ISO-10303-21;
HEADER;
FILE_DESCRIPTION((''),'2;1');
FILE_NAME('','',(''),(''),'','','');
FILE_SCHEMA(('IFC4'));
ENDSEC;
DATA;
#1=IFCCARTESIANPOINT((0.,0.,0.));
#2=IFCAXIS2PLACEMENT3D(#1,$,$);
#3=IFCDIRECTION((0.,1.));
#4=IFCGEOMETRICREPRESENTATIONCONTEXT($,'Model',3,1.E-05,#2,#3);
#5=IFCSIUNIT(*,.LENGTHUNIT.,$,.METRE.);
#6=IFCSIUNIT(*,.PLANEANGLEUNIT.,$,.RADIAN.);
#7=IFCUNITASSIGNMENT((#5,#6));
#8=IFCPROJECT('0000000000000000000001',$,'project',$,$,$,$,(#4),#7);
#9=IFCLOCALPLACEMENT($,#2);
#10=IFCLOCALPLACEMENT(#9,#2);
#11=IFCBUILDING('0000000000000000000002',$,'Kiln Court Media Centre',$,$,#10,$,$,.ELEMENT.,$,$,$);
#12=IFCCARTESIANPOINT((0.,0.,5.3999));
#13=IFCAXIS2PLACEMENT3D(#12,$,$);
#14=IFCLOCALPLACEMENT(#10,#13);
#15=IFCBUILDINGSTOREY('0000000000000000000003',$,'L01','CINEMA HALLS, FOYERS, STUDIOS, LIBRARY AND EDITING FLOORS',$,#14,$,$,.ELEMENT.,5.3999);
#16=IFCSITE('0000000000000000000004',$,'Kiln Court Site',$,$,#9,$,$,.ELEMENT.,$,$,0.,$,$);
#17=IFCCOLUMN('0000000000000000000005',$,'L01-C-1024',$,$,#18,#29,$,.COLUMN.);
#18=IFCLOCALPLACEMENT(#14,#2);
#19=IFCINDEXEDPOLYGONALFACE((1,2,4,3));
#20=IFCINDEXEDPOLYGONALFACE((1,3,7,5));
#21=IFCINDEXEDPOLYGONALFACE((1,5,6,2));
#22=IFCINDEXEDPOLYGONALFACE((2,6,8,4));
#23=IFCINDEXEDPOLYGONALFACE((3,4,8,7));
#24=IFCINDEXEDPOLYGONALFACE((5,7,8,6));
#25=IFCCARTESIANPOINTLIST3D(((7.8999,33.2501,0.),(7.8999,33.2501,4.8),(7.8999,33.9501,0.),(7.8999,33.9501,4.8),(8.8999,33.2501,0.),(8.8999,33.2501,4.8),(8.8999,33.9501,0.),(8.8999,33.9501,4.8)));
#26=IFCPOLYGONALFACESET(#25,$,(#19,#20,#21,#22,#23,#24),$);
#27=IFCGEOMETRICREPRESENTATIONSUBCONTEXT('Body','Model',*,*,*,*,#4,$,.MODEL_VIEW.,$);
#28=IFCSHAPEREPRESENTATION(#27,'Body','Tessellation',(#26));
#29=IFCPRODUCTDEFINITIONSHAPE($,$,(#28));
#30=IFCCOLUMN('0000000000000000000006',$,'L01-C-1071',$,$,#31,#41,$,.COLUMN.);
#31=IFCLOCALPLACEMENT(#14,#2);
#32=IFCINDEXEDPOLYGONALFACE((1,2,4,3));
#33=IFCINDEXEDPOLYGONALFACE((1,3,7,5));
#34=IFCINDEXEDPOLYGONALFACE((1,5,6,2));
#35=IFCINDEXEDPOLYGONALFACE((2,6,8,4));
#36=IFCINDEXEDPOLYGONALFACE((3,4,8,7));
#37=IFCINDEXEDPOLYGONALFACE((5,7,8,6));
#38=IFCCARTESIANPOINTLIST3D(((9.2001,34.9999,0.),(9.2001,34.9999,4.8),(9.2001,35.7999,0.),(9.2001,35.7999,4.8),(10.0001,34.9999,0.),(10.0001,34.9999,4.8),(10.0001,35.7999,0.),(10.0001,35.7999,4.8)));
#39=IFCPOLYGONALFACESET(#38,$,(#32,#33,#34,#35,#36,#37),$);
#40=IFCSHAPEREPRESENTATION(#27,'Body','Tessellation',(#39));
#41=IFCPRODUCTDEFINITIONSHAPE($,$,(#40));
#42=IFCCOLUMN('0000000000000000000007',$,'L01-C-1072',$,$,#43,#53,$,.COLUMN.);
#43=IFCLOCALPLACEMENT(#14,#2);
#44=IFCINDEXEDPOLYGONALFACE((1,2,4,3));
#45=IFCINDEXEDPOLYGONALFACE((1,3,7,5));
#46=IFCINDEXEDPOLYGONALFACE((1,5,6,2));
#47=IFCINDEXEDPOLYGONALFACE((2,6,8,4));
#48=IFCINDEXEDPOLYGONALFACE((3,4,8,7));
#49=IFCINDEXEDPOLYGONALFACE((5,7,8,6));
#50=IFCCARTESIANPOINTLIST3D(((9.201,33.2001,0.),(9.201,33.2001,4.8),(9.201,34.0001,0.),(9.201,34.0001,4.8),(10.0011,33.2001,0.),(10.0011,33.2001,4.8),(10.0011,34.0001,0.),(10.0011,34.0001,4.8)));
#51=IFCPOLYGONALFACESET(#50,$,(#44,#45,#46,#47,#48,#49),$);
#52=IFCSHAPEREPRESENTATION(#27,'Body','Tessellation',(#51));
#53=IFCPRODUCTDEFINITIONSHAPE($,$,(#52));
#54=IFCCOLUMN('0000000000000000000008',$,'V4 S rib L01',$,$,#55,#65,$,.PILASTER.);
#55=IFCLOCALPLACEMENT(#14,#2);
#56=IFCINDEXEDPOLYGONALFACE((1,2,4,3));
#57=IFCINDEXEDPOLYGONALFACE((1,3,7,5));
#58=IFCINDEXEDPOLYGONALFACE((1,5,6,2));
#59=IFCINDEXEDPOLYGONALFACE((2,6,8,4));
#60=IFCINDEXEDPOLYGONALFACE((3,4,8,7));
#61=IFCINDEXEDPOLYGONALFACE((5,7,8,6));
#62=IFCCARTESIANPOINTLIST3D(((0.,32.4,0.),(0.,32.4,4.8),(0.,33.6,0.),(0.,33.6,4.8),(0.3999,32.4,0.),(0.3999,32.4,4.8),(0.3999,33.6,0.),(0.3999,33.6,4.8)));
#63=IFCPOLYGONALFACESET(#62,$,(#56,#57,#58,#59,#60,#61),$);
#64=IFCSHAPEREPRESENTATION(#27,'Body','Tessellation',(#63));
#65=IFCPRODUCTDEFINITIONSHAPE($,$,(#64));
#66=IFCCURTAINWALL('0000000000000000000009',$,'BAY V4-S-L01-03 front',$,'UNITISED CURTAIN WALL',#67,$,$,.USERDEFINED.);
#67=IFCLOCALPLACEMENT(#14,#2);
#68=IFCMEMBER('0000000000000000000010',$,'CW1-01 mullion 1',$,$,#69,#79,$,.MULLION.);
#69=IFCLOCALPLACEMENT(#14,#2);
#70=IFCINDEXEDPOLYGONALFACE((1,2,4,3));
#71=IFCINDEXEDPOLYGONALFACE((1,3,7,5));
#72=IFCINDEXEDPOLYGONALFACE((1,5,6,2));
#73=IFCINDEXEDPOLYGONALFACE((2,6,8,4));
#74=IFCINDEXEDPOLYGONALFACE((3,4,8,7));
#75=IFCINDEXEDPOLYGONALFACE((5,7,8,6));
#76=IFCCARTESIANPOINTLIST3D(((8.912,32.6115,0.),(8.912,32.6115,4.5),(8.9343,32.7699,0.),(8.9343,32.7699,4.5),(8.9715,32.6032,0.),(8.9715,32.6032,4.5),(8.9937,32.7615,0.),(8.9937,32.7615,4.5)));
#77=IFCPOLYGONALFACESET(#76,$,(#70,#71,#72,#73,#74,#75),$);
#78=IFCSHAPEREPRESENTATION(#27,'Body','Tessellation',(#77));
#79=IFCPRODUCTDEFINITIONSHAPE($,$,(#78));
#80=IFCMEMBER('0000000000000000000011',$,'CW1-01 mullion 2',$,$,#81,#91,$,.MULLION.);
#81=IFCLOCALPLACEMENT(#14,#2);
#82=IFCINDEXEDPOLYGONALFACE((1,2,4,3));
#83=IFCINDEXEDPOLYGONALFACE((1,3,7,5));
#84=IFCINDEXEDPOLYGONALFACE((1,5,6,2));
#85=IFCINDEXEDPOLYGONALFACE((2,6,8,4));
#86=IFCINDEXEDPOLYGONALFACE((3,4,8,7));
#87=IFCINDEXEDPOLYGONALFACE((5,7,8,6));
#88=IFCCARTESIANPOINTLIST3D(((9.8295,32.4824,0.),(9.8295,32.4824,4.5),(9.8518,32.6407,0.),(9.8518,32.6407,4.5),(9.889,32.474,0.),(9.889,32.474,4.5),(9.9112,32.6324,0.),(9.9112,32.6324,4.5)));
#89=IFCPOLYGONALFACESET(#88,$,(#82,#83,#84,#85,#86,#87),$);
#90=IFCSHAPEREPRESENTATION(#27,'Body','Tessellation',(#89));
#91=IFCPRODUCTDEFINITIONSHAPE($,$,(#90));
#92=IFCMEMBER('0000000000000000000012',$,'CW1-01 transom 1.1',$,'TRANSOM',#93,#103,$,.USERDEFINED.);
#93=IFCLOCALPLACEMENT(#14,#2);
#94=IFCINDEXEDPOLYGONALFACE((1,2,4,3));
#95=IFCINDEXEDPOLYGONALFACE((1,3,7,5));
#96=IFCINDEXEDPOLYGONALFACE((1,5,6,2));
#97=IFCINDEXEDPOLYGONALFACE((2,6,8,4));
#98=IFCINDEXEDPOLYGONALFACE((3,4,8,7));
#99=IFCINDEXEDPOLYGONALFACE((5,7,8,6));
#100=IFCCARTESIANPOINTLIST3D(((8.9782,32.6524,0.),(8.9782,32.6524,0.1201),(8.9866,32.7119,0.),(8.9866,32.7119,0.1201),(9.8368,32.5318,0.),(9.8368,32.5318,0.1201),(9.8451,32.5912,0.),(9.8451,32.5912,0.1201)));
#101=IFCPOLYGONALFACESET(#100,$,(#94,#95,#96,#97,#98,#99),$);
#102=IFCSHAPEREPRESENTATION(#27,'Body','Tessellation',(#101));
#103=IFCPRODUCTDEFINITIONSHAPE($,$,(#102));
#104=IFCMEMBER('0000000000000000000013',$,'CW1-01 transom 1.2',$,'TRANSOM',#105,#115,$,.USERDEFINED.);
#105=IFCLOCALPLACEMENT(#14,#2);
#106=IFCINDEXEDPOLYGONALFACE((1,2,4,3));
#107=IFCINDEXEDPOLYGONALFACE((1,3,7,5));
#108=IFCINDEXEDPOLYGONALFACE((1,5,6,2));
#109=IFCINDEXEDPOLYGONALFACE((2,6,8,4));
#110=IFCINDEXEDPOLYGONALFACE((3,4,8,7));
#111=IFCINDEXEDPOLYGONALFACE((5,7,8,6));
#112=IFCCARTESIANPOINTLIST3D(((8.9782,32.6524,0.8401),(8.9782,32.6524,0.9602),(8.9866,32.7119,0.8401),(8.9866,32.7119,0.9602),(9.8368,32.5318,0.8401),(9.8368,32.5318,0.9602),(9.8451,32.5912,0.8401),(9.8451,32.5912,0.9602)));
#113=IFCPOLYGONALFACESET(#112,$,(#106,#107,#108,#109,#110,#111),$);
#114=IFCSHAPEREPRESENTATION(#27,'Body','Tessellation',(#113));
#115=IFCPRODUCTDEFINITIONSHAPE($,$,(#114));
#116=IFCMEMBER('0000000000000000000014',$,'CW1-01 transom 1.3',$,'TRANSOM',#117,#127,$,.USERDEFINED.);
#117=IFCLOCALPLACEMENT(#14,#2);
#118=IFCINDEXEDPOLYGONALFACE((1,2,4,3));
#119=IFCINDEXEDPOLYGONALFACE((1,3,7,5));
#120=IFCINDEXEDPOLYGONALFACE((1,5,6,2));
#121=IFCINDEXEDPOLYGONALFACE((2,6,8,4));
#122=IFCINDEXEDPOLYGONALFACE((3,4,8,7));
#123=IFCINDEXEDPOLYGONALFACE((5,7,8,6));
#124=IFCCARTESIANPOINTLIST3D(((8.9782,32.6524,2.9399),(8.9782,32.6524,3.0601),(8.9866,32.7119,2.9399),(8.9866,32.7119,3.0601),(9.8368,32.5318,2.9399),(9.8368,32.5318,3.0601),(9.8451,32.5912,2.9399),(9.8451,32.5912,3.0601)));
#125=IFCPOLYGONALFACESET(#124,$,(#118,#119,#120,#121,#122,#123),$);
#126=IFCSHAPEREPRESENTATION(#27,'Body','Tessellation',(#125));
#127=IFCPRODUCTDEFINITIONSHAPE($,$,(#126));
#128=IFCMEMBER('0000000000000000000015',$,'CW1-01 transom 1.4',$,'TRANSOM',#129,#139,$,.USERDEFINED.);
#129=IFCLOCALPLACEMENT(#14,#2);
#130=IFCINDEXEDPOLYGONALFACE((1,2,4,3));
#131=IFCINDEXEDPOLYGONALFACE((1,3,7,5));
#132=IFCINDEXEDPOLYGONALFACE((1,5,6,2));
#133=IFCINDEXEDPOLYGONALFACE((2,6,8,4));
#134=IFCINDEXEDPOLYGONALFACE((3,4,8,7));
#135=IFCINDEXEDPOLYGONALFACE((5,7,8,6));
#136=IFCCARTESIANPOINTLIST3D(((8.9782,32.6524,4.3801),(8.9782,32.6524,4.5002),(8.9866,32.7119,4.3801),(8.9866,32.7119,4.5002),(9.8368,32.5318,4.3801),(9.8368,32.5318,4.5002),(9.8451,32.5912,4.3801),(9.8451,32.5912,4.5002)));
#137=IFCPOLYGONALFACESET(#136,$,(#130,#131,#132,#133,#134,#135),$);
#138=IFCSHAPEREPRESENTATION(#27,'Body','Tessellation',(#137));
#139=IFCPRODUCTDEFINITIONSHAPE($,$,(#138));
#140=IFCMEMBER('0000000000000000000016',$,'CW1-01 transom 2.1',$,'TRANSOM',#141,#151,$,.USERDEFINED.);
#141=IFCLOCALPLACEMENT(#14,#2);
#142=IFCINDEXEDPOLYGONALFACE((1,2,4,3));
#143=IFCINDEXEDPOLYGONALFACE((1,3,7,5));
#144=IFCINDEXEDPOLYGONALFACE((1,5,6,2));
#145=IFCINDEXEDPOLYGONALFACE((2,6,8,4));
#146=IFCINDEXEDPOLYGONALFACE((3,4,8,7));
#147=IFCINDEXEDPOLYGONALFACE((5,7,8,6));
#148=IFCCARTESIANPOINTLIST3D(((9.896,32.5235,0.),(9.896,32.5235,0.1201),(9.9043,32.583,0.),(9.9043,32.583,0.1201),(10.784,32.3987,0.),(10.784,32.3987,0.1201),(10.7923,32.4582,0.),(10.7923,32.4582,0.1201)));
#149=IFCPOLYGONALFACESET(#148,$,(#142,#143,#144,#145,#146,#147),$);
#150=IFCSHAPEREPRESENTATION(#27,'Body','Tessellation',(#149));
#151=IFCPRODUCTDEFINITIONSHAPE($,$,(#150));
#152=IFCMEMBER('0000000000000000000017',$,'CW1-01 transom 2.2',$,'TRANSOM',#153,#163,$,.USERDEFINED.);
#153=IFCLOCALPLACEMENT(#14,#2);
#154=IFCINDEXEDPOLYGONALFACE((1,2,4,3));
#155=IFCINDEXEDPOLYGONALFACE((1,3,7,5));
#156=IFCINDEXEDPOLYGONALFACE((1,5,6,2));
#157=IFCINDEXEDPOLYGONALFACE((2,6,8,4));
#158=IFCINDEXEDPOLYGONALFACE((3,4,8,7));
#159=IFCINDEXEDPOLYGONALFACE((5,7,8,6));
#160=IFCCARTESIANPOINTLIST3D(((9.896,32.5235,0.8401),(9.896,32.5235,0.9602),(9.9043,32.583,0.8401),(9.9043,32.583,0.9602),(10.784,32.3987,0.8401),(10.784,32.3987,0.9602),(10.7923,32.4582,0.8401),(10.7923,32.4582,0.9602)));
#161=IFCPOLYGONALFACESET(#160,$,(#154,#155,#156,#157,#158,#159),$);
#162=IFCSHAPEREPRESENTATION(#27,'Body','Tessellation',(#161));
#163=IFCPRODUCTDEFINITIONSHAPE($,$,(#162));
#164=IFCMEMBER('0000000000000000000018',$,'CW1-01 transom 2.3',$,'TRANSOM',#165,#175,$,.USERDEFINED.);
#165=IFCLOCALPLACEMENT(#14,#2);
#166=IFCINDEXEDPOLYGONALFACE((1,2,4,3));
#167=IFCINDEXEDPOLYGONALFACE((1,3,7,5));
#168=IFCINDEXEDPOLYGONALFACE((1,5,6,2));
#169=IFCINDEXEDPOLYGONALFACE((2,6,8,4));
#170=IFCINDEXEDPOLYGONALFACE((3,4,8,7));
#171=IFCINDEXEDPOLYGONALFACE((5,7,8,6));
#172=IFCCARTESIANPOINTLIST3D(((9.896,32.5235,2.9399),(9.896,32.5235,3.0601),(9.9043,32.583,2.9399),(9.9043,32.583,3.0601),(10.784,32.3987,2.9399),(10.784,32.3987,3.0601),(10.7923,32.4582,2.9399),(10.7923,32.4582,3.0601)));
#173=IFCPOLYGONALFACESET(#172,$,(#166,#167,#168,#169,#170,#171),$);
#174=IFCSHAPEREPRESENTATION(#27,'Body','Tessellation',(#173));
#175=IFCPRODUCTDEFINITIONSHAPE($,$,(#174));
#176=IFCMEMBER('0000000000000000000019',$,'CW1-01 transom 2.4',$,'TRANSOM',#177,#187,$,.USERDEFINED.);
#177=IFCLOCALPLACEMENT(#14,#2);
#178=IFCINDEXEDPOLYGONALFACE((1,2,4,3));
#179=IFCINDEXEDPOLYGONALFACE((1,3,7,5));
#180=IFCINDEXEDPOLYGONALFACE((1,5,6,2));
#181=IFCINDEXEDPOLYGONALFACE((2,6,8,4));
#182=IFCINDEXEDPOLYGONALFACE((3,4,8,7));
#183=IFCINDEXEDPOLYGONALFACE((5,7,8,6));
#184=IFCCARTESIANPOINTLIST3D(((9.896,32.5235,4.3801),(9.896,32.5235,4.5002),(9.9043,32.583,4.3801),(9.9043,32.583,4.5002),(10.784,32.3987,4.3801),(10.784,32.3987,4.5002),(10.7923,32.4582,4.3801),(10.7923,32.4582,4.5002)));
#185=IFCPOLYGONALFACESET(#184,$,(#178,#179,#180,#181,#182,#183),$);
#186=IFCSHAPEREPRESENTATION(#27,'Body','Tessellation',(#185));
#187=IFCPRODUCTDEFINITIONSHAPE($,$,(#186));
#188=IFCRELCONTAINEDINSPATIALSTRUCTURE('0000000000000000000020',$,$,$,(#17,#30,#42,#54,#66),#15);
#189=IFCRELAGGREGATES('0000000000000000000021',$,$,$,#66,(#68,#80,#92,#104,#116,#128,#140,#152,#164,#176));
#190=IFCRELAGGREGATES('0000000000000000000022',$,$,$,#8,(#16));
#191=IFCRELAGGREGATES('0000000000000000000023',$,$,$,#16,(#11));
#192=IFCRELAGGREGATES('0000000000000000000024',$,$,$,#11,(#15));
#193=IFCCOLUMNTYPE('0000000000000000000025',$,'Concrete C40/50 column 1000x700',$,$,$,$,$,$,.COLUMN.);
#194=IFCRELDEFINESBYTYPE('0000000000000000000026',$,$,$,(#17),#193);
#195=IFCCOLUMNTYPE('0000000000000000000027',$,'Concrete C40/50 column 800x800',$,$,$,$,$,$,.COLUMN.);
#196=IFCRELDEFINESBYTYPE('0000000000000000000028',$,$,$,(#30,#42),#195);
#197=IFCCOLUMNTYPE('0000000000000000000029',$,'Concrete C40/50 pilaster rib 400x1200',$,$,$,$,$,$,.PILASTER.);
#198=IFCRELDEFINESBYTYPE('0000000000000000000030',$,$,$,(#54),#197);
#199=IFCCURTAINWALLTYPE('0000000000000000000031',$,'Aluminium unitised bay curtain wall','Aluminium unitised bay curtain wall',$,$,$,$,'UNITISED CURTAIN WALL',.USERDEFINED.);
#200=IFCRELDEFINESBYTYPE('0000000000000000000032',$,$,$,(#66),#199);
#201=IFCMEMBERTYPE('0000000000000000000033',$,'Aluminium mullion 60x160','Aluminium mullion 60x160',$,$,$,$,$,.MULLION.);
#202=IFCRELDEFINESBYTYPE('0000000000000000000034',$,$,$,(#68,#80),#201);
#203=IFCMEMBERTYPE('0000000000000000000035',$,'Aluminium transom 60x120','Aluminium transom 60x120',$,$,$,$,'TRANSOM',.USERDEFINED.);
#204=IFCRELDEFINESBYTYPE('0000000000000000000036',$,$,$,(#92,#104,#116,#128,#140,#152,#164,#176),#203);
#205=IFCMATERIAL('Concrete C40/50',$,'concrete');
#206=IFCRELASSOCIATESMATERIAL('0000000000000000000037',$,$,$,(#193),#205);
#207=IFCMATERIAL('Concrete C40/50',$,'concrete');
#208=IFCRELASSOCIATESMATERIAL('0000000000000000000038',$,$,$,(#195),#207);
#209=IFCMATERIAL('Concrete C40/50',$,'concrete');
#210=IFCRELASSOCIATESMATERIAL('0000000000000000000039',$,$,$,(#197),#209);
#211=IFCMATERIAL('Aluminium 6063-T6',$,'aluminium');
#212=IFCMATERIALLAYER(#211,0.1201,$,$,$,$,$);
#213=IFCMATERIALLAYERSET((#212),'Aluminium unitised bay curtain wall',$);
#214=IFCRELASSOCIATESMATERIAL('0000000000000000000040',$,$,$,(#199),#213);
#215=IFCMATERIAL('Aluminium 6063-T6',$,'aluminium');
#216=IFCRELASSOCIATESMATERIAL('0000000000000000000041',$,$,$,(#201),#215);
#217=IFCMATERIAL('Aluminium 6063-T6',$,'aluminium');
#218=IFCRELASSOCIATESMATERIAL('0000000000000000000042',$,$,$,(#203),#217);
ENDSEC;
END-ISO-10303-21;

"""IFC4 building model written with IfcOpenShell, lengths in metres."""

from ifc_helpers import new_model, si_unit, direction, frame, origin, origin_2d, place, context, subcontext, project, spatial, rectangle, extrude, material, layer, layer_set, material_profile, profile_set, type_object, element, aggregate, save


model = new_model("IFC4")

# Units and contexts
model_context = context("Model", 3, precision=1e-05, world=origin(), true_north=direction((0.0, 1.0)))
body_context = subcontext(model_context, "Body", "Model", "MODEL_VIEW")
ifc_project = project(units=[si_unit("LENGTHUNIT", "METRE"), si_unit("PLANEANGLEUNIT", "RADIAN")], contexts=[model_context])

# Site, building, storey
site_placement = place(None, origin())
site = spatial("IfcSite", under=ifc_project, at=site_placement, Name="Kiln Court Site", CompositionType="ELEMENT", RefElevation=0.0)
building_placement = place(site_placement, origin())
building = spatial("IfcBuilding", under=site, at=building_placement, Name="Kiln Court Media Centre", CompositionType="ELEMENT")
storey_placement = place(building_placement, frame((0.0, 0.0, 5.3999)))
storey = spatial("IfcBuildingStorey", under=building, at=storey_placement, Name="L01", Description="CINEMA HALLS, FOYERS, STUDIOS, LIBRARY AND EDITING FLOORS", CompositionType="ELEMENT", Elevation=5.3999)

# Columns
ifc_material_1 = material(Name="Concrete C40/50", Category="concrete")
ifc_material_profile_1 = material_profile(ifc_material_1, rectangle(XDim=1.0, YDim=0.7, at=origin_2d()), Name="RC 1000x700")
ifc_profile_set_1 = profile_set([ifc_material_profile_1], Name="Concrete C40/50")
column_type_1 = type_object("IfcColumnType", Name="Concrete C40/50 column 1000x700", PredefinedType="COLUMN", material=ifc_profile_set_1)
column_1_placement = place(storey_placement, frame((8.3999, 33.6001, 0.0), z_axis=(0.0, 0.0, 1.0), x_axis=(1.0, 0.0, 0.0)))
element("IfcColumn", 1, at=column_1_placement, inside=storey, type_object=column_type_1, Name="L01-C-1024", PredefinedType="COLUMN", context=body_context, shape_type="SweptSolid", body=[
    extrude(rectangle(XDim=1.0, YDim=0.7, at=origin_2d()), origin(), (0.0, 0.0, 1.0), 4.8),
])
ifc_material_2 = material(Name="Concrete C40/50", Category="concrete")
ifc_material_profile_2 = material_profile(ifc_material_2, rectangle(XDim=0.8, YDim=0.8, at=origin_2d()), Name="RC 800x800")
ifc_profile_set_2 = profile_set([ifc_material_profile_2], Name="Concrete C40/50")
column_type_2 = type_object("IfcColumnType", Name="Concrete C40/50 column 800x800", PredefinedType="COLUMN", material=ifc_profile_set_2)
for number, where, z_axis, x_axis, name in (
    (2, (9.6001, 35.3999, 0.0), (0.0, 0.0, 1.0), (1.0, 0.0, 0.0), "L01-C-1071"),
    (3, (9.6011, 33.6001, 0.0), (0.0, 0.0, 1.0), (1.0, 0.0, 0.0), "L01-C-1072"),
):
    element("IfcColumn", number, at=place(storey_placement, frame(where, z_axis=z_axis, x_axis=x_axis)), inside=storey, type_object=column_type_2, Name=name, PredefinedType="COLUMN", context=body_context, shape_type="SweptSolid", body=[
        extrude(rectangle(XDim=0.8, YDim=0.8, at=origin_2d()), origin(), (0.0, 0.0, 1.0), 4.8),
    ])
ifc_material_3 = material(Name="Concrete C40/50", Category="concrete")
ifc_material_profile_3 = material_profile(ifc_material_3, rectangle(XDim=0.3999, YDim=1.2, at=origin_2d()), Name="RC 400x1200")
ifc_profile_set_3 = profile_set([ifc_material_profile_3], Name="Concrete C40/50")
column_type_3 = type_object("IfcColumnType", Name="Concrete C40/50 pilaster rib 400x1200", PredefinedType="PILASTER", material=ifc_profile_set_3)
column_2_placement = place(storey_placement, frame((0.2, 33.0, 0.0), z_axis=(0.0, 0.0, 1.0), x_axis=(1.0, 0.0, 0.0)))
element("IfcColumn", 4, at=column_2_placement, inside=storey, type_object=column_type_3, Name="V4 S rib L01", PredefinedType="PILASTER", context=body_context, shape_type="SweptSolid", body=[
    extrude(rectangle(XDim=0.3999, YDim=1.2, at=origin_2d()), origin(), (0.0, 0.0, 1.0), 4.8),
])

# Curtain wall, members
ifc_material_4 = material(Name="Aluminium 6063-T6", Category="aluminium")
ifc_layer_1 = layer(ifc_material_4, 0.1201)
ifc_layer_set_1 = layer_set([ifc_layer_1], Name="Aluminium unitised bay curtain wall")
curtain_wall_type = type_object("IfcCurtainWallType", Name="Aluminium unitised bay curtain wall", Description="Aluminium unitised bay curtain wall", ElementType="UNITISED CURTAIN WALL", PredefinedType="USERDEFINED", material=ifc_layer_set_1)
curtain_wall_placement = place(storey_placement, origin())
curtain_wall = element("IfcCurtainWall", 5, at=curtain_wall_placement, inside=storey, type_object=curtain_wall_type, Name="BAY V4-S-L01-03 front", ObjectType="UNITISED CURTAIN WALL", PredefinedType="USERDEFINED")
ifc_material_5 = material(Name="Aluminium 6063-T6", Category="aluminium")
ifc_material_profile_4 = material_profile(ifc_material_5, rectangle(XDim=0.0601, YDim=0.1599, at=origin_2d()), Name="Aluminium mullion 60x160")
ifc_profile_set_4 = profile_set([ifc_material_profile_4], Name="Aluminium 6063-T6")
member_type_1 = type_object("IfcMemberType", Name="Aluminium mullion 60x160", Description="Aluminium mullion 60x160", PredefinedType="MULLION", material=ifc_profile_set_4)
member_1_placement = place(storey_placement, frame((8.9529, 32.6865, 0.0), z_axis=(0.0, 0.0, 1.0), x_axis=(0.99027, -0.139162, 0.0)))
member_1 = element("IfcMember", 6, at=member_1_placement, type_object=member_type_1, Name="CW1-01 mullion 1", PredefinedType="MULLION", context=body_context, shape_type="SweptSolid", body=[
    extrude(rectangle(XDim=0.0601, YDim=0.1599, at=origin_2d()), origin(), (0.0, 0.0, 1.0), 4.5),
])
member_2_placement = place(storey_placement, frame((9.8704, 32.5574, 0.0), z_axis=(0.0, 0.0, 1.0), x_axis=(0.99027, -0.139162, 0.0)))
member_2 = element("IfcMember", 7, at=member_2_placement, type_object=member_type_1, Name="CW1-01 mullion 2", PredefinedType="MULLION", context=body_context, shape_type="SweptSolid", body=[
    extrude(rectangle(XDim=0.0601, YDim=0.1599, at=origin_2d()), origin(), (0.0, 0.0, 1.0), 4.5),
])
ifc_material_6 = material(Name="Aluminium 6063-T6", Category="aluminium")
ifc_material_profile_5 = material_profile(ifc_material_6, rectangle(XDim=0.0601, YDim=0.1201, at=origin_2d()), Name="Aluminium transom 60x120")
ifc_profile_set_5 = profile_set([ifc_material_profile_5], Name="Aluminium 6063-T6")
member_type_2 = type_object("IfcMemberType", Name="Aluminium transom 60x120", Description="Aluminium transom 60x120", ElementType="TRANSOM", PredefinedType="USERDEFINED", material=ifc_profile_set_5)
member_3_placement = place(storey_placement, frame((8.9824, 32.6821, 0.0601), z_axis=(0.990274, -0.139134, 0.0), x_axis=(0.139134, 0.990274, 0.0)))
member_3 = element("IfcMember", 8, at=member_3_placement, type_object=member_type_2, Name="CW1-01 transom 1.1", ObjectType="TRANSOM", PredefinedType="USERDEFINED", context=body_context, shape_type="SweptSolid", body=[
    extrude(rectangle(XDim=0.0601, YDim=0.1201, at=origin_2d()), origin(), (0.0, 0.0, 1.0), 0.8669),
])
member_4_placement = place(storey_placement, frame((8.9824, 32.6821, 0.9001), z_axis=(0.990274, -0.139134, 0.0), x_axis=(0.139134, 0.990274, 0.0)))
member_4 = element("IfcMember", 9, at=member_4_placement, type_object=member_type_2, Name="CW1-01 transom 1.2", ObjectType="TRANSOM", PredefinedType="USERDEFINED", context=body_context, shape_type="SweptSolid", body=[
    extrude(rectangle(XDim=0.0601, YDim=0.1201, at=origin_2d()), origin(), (0.0, 0.0, 1.0), 0.8669),
])
member_5_placement = place(storey_placement, frame((8.9824, 32.6821, 3.0), z_axis=(0.990274, -0.139134, 0.0), x_axis=(0.139134, 0.990274, 0.0)))
member_5 = element("IfcMember", 10, at=member_5_placement, type_object=member_type_2, Name="CW1-01 transom 1.3", ObjectType="TRANSOM", PredefinedType="USERDEFINED", context=body_context, shape_type="SweptSolid", body=[
    extrude(rectangle(XDim=0.0601, YDim=0.1201, at=origin_2d()), origin(), (0.0, 0.0, 1.0), 0.8669),
])
member_6_placement = place(storey_placement, frame((8.9824, 32.6821, 4.4402), z_axis=(0.990274, -0.139134, 0.0), x_axis=(0.139134, 0.990274, 0.0)))
member_6 = element("IfcMember", 11, at=member_6_placement, type_object=member_type_2, Name="CW1-01 transom 1.4", ObjectType="TRANSOM", PredefinedType="USERDEFINED", context=body_context, shape_type="SweptSolid", body=[
    extrude(rectangle(XDim=0.0601, YDim=0.1201, at=origin_2d()), origin(), (0.0, 0.0, 1.0), 0.8669),
])
member_7_placement = place(storey_placement, frame((9.9001, 32.5532, 0.0601), z_axis=(0.990274, -0.139134, 0.0), x_axis=(0.139134, 0.990274, 0.0)))
member_7 = element("IfcMember", 12, at=member_7_placement, type_object=member_type_2, Name="CW1-01 transom 2.1", ObjectType="TRANSOM", PredefinedType="USERDEFINED", context=body_context, shape_type="SweptSolid", body=[
    extrude(rectangle(XDim=0.0601, YDim=0.1201, at=origin_2d()), origin(), (0.0, 0.0, 1.0), 0.8967),
])
member_8_placement = place(storey_placement, frame((9.9001, 32.5532, 0.9001), z_axis=(0.990274, -0.139134, 0.0), x_axis=(0.139134, 0.990274, 0.0)))
member_8 = element("IfcMember", 13, at=member_8_placement, type_object=member_type_2, Name="CW1-01 transom 2.2", ObjectType="TRANSOM", PredefinedType="USERDEFINED", context=body_context, shape_type="SweptSolid", body=[
    extrude(rectangle(XDim=0.0601, YDim=0.1201, at=origin_2d()), origin(), (0.0, 0.0, 1.0), 0.8967),
])
member_9_placement = place(storey_placement, frame((9.9001, 32.5532, 3.0), z_axis=(0.990274, -0.139134, 0.0), x_axis=(0.139134, 0.990274, 0.0)))
member_9 = element("IfcMember", 14, at=member_9_placement, type_object=member_type_2, Name="CW1-01 transom 2.3", ObjectType="TRANSOM", PredefinedType="USERDEFINED", context=body_context, shape_type="SweptSolid", body=[
    extrude(rectangle(XDim=0.0601, YDim=0.1201, at=origin_2d()), origin(), (0.0, 0.0, 1.0), 0.8967),
])
member_10_placement = place(storey_placement, frame((9.9001, 32.5532, 4.4402), z_axis=(0.990274, -0.139134, 0.0), x_axis=(0.139134, 0.990274, 0.0)))
member_10 = element("IfcMember", 15, at=member_10_placement, type_object=member_type_2, Name="CW1-01 transom 2.4", ObjectType="TRANSOM", PredefinedType="USERDEFINED", context=body_context, shape_type="SweptSolid", body=[
    extrude(rectangle(XDim=0.0601, YDim=0.1201, at=origin_2d()), origin(), (0.0, 0.0, 1.0), 0.8967),
])

aggregate(curtain_wall, [member_1, member_2, member_3, member_4, member_5, member_6, member_7, member_8, member_9, member_10])

save(model, "model.ifc")
